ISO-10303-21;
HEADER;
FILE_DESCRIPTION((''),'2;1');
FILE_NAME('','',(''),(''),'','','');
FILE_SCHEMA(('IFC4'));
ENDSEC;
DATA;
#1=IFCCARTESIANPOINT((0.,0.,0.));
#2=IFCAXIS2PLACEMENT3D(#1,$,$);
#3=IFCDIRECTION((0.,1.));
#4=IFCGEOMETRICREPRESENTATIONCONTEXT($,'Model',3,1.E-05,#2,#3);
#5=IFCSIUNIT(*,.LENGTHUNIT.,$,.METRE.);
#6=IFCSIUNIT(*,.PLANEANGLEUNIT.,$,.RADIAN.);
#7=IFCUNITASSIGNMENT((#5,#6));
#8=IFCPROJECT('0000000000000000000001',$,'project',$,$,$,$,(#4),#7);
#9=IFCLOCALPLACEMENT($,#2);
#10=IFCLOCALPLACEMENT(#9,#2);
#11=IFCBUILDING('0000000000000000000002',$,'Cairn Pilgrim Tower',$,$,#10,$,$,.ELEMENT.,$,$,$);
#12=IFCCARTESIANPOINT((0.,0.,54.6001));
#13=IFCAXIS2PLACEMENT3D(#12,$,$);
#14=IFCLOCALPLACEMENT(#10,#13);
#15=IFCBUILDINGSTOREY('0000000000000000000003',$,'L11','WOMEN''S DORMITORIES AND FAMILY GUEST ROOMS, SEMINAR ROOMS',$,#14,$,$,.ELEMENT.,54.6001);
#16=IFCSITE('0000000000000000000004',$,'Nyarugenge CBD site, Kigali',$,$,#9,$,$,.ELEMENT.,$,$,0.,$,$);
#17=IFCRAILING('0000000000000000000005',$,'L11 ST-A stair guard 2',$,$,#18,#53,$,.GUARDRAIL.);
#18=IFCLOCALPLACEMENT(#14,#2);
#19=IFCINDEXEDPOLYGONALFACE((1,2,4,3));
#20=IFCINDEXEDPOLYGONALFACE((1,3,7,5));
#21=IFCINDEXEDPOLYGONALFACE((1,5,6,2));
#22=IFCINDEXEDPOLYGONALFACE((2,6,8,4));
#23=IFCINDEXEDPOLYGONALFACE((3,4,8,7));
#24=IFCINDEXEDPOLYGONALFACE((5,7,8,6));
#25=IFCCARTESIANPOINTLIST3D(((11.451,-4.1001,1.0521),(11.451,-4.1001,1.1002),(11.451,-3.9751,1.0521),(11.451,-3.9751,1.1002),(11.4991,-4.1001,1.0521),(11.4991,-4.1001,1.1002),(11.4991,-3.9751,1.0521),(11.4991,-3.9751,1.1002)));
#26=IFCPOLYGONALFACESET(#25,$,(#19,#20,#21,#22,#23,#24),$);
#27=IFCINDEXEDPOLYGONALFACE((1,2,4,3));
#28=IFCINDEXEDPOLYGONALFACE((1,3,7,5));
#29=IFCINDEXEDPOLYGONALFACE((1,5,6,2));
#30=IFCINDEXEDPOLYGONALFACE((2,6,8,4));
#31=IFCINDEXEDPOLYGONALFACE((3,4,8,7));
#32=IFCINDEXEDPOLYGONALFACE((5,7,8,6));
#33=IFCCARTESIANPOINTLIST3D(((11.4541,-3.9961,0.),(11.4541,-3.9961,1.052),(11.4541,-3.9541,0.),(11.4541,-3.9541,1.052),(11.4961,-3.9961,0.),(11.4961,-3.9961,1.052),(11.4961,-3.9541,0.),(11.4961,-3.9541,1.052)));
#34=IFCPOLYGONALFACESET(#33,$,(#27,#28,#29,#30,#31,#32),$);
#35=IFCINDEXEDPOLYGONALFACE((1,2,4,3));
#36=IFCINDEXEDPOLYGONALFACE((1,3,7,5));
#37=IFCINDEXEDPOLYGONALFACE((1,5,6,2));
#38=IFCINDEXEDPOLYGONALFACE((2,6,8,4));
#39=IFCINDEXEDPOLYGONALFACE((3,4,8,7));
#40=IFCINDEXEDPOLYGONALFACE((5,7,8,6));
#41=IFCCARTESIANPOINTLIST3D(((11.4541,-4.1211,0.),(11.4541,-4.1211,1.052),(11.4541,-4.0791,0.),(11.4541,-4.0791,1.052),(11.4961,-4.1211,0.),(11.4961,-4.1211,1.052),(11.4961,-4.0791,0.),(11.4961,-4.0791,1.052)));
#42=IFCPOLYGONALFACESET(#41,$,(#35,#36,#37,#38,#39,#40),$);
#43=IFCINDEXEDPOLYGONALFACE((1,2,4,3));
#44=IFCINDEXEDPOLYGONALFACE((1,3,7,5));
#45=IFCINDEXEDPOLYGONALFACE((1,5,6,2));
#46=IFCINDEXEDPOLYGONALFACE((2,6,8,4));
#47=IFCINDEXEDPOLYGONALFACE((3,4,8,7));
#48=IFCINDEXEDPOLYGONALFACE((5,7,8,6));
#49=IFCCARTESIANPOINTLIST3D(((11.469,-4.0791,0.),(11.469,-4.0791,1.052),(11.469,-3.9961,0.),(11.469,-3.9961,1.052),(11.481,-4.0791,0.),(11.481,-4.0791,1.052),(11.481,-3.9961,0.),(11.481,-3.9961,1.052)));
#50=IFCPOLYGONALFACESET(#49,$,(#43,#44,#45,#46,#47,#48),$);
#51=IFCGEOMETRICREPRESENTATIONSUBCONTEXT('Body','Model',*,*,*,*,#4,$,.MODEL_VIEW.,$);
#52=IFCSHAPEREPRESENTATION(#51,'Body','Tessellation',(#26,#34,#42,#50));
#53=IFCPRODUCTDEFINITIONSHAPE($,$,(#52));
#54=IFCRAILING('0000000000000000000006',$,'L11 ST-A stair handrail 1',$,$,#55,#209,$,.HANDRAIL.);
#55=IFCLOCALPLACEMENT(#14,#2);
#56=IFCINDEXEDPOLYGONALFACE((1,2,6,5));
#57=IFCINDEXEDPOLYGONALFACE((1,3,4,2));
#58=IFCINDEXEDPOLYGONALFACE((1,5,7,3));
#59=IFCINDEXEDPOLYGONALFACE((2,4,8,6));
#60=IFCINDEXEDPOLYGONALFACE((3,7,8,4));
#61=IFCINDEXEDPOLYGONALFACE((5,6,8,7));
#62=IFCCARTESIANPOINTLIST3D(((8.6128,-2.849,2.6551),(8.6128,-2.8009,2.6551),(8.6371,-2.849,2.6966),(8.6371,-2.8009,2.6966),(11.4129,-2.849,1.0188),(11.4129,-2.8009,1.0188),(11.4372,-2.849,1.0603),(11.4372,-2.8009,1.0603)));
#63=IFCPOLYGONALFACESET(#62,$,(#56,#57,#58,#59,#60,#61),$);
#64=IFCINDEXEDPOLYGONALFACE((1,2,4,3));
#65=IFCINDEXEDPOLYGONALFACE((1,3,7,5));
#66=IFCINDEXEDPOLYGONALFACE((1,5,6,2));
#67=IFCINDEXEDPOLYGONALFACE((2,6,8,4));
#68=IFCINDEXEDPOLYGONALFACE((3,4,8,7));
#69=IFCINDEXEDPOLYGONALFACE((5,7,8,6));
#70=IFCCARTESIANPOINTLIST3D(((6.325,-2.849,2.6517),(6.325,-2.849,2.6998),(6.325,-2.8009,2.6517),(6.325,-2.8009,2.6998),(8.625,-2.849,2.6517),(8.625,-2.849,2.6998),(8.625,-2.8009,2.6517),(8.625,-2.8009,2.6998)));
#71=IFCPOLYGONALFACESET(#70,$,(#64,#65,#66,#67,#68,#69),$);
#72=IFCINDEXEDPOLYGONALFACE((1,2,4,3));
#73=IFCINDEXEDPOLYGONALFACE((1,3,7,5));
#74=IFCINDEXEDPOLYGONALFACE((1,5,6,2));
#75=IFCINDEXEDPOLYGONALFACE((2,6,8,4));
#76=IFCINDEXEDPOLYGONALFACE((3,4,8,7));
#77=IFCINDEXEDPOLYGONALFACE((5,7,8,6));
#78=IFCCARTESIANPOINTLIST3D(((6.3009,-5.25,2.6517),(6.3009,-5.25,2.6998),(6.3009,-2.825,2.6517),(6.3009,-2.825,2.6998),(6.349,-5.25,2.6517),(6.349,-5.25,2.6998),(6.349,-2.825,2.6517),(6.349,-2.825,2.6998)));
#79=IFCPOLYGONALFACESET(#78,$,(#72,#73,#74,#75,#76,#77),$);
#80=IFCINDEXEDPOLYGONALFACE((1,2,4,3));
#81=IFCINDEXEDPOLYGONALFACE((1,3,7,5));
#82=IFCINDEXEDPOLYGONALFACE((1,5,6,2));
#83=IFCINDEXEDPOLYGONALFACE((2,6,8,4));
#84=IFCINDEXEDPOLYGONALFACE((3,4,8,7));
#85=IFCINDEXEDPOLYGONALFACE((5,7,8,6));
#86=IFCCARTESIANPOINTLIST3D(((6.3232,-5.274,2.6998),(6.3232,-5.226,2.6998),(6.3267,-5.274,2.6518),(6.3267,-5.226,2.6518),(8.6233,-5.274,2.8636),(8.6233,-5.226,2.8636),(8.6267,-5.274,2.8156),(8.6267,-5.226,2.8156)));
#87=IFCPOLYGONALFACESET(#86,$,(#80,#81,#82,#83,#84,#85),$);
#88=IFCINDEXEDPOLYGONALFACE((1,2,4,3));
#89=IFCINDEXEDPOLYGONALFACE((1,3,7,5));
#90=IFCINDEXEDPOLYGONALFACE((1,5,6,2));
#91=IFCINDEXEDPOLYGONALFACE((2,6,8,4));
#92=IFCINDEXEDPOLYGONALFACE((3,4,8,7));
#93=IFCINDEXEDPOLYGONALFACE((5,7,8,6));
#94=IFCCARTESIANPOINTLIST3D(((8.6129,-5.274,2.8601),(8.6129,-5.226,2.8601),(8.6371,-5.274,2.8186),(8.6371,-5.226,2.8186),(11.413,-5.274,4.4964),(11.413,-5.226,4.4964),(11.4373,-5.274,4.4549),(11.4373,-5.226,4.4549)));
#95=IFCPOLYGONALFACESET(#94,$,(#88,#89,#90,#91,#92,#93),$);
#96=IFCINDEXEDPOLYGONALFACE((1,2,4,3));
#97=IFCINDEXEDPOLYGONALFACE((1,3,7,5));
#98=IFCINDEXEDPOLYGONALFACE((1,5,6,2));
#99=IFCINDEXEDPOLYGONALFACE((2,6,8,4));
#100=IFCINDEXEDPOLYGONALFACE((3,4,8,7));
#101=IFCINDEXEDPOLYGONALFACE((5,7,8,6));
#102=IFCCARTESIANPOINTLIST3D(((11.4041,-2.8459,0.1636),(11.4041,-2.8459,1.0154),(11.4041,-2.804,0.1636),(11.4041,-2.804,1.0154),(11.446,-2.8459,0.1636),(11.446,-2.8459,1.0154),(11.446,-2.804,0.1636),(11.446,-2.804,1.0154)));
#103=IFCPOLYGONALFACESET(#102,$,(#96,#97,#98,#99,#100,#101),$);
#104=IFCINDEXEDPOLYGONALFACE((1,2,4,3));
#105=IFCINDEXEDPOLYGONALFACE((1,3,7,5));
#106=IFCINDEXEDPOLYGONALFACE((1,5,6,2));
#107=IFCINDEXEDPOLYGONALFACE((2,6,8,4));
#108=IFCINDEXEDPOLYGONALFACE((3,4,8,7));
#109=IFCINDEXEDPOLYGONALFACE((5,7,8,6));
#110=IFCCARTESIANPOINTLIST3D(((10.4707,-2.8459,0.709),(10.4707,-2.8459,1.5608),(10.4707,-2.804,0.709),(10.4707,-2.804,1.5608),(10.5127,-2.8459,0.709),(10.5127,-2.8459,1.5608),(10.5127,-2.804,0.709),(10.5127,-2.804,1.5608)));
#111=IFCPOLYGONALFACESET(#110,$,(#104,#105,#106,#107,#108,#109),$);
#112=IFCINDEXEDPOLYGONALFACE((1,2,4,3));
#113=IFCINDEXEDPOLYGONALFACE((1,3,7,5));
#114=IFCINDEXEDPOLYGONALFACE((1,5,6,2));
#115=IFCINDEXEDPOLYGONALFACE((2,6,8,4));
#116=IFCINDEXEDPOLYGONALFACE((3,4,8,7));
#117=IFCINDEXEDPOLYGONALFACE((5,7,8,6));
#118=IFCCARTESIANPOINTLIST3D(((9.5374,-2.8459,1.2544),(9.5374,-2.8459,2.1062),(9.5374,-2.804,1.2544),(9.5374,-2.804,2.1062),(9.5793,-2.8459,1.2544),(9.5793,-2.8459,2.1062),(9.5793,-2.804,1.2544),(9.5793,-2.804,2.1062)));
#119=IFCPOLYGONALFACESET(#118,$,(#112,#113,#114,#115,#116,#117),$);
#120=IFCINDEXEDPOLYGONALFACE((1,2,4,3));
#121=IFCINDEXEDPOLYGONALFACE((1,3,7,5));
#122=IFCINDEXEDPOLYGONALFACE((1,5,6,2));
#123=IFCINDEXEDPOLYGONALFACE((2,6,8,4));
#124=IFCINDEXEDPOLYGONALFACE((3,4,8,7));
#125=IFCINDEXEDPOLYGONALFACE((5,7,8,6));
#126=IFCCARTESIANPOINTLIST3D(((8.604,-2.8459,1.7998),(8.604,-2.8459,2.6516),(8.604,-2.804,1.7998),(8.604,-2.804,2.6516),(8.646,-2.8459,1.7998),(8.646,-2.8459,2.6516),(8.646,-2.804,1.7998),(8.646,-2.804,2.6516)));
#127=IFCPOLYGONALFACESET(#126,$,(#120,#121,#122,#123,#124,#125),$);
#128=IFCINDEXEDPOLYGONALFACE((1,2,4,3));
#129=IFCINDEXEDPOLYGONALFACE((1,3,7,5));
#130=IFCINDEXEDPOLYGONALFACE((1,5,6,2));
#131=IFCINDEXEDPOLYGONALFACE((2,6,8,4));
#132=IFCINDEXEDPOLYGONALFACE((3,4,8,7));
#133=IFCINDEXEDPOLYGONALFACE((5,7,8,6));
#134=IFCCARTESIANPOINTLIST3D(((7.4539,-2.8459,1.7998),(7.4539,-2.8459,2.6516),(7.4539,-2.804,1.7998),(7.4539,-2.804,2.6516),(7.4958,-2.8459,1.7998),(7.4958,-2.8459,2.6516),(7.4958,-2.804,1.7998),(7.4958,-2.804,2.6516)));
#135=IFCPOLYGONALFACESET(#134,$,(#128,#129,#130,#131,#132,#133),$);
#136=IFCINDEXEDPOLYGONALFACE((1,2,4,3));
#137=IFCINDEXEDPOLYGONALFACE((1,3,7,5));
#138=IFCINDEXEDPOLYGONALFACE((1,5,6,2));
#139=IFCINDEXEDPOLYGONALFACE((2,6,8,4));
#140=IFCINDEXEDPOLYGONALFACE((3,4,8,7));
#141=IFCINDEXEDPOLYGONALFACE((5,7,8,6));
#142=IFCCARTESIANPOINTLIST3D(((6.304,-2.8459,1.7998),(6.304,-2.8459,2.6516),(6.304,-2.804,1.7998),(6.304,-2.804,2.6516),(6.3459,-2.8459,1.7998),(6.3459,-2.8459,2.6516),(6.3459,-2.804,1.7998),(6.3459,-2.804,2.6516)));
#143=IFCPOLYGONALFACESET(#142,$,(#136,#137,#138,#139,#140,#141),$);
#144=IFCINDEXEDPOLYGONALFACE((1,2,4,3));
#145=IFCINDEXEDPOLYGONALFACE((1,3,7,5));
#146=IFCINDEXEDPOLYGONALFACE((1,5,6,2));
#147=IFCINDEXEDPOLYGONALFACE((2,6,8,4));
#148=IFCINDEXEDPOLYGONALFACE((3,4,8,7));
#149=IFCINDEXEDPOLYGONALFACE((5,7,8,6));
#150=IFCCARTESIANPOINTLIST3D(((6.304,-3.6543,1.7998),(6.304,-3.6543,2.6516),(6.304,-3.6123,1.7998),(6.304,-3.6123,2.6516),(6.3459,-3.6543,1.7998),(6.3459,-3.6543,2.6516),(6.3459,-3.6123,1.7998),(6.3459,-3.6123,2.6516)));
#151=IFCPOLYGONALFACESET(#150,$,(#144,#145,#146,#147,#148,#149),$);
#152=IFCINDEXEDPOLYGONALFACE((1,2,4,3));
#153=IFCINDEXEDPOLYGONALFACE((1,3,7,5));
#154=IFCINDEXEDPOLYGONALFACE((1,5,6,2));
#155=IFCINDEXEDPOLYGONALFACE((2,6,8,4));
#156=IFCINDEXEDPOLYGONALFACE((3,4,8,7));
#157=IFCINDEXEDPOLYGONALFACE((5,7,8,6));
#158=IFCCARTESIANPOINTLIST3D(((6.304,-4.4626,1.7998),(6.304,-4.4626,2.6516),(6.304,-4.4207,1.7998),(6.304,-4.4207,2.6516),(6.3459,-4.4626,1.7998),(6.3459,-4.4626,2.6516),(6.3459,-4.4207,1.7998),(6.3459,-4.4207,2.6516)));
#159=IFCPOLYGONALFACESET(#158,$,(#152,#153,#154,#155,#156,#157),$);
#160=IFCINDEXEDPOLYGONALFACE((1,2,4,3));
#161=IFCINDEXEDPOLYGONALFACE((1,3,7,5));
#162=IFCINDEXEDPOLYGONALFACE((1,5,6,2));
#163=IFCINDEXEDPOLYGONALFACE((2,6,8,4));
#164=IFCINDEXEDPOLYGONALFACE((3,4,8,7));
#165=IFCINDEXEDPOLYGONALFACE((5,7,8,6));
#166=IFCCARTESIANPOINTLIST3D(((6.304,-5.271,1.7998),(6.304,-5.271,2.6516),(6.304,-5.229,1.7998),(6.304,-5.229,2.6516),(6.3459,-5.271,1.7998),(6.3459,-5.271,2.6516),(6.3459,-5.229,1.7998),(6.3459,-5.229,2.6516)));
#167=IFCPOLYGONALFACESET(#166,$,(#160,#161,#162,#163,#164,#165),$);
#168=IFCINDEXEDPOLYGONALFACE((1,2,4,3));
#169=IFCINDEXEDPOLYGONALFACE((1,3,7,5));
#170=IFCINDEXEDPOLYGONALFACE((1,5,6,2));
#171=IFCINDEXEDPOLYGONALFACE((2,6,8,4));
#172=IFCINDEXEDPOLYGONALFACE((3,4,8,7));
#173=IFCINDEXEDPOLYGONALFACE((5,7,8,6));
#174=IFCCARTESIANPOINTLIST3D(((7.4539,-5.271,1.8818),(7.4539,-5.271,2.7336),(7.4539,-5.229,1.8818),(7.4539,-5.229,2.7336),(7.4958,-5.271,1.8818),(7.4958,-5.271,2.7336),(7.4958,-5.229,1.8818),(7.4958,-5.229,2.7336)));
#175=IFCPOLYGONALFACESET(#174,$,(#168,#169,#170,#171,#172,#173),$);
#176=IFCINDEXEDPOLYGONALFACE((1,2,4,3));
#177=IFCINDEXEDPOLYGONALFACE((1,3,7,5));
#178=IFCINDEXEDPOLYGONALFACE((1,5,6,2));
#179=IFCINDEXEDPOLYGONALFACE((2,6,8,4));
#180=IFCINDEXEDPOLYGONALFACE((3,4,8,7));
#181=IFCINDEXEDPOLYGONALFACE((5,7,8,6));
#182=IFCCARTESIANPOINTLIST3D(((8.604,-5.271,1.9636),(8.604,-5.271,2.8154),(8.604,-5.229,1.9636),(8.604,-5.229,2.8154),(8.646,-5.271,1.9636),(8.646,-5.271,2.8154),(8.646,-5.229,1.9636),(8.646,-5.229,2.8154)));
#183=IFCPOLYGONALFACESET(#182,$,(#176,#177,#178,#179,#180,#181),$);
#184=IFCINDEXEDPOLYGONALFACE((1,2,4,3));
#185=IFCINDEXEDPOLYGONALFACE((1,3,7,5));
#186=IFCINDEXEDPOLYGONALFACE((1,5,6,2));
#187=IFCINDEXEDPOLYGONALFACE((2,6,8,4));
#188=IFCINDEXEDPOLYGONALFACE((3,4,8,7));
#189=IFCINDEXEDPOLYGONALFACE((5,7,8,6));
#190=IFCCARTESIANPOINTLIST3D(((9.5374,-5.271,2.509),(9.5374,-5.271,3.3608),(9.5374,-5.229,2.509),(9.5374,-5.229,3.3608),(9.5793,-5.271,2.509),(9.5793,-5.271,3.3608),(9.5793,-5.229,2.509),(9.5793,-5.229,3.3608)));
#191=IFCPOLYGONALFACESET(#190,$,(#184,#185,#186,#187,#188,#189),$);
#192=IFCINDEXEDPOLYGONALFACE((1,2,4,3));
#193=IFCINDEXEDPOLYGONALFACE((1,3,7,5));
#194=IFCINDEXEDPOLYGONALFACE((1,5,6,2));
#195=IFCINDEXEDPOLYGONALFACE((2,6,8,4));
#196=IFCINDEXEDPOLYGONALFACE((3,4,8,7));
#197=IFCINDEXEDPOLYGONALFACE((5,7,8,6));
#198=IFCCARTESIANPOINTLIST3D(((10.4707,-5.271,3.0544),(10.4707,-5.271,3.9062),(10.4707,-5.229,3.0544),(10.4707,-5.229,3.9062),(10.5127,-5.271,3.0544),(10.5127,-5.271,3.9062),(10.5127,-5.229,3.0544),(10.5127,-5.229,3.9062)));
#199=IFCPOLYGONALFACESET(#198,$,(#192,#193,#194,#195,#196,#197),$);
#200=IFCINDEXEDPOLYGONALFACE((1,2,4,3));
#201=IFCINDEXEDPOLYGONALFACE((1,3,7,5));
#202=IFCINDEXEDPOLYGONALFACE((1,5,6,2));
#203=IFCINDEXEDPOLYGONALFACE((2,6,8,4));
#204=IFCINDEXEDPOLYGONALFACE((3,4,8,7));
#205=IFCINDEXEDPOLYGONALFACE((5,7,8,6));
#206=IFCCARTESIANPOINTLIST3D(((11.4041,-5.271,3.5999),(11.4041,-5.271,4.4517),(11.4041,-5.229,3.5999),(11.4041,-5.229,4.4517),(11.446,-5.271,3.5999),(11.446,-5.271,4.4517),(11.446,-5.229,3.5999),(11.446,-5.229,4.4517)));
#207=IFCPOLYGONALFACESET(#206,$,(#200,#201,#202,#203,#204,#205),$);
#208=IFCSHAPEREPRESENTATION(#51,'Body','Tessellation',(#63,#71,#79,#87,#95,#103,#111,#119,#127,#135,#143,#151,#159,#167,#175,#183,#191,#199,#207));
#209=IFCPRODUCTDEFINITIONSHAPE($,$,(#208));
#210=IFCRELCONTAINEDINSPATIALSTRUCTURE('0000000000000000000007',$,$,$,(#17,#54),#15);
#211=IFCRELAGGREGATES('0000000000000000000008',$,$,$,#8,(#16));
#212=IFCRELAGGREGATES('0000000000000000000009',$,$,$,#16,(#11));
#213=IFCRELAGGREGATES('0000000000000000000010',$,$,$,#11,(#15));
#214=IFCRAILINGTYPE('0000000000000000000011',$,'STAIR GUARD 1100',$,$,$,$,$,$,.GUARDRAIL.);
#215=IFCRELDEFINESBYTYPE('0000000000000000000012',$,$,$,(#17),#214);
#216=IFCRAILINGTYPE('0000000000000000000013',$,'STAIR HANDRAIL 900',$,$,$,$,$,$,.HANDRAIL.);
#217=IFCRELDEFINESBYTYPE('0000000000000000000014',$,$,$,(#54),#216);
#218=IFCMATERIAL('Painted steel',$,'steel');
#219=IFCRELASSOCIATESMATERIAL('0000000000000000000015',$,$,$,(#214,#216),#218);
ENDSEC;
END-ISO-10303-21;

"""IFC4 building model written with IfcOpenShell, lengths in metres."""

from ifc_helpers import new_model, si_unit, direction, frame, origin, origin_2d, place, context, subcontext, project, spatial, polyline, rectangle, outline, extrude, material, type_object, element, save


model = new_model("IFC4")

# Units and contexts
model_context = context("Model", 3, precision=1e-05, world=origin(), true_north=direction((0.0, 1.0)))
body_context = subcontext(model_context, "Body", "Model", "MODEL_VIEW")
ifc_project = project(units=[si_unit("LENGTHUNIT", "METRE"), si_unit("PLANEANGLEUNIT", "RADIAN")], contexts=[model_context])

# Site, building, storey
site_placement = place(None, origin())
site = spatial("IfcSite", under=ifc_project, at=site_placement, Name="Nyarugenge CBD site, Kigali", CompositionType="ELEMENT", RefElevation=0.0)
building_placement = place(site_placement, origin())
building = spatial("IfcBuilding", under=site, at=building_placement, Name="Cairn Pilgrim Tower", CompositionType="ELEMENT")
storey_placement = place(building_placement, frame((0.0, 0.0, 54.6001)))
storey = spatial("IfcBuildingStorey", under=building, at=storey_placement, Name="L11", Description="WOMEN'S DORMITORIES AND FAMILY GUEST ROOMS, SEMINAR ROOMS", CompositionType="ELEMENT", Elevation=54.6001)

# Shared definitions
ifc_material_1 = material(Name="Painted steel", Category="steel")

# Railings
railing_type_1 = type_object("IfcRailingType", Name="STAIR GUARD 1100", PredefinedType="GUARDRAIL", material=ifc_material_1)
railing_1_placement = place(storey_placement, frame((11.4751, -3.9751, 0.0)))
element("IfcRailing", 1, at=railing_1_placement, inside=storey, type_object=railing_type_1, Name="L11 ST-A stair guard 2", PredefinedType="GUARDRAIL", context=body_context, shape_type="SweptSolid", body=[
    extrude(rectangle(XDim=0.0481, YDim=0.0481, at=origin_2d()), frame((0.0, 0.0, 1.0762), z_axis=(0.0, -1.0, 0.0), x_axis=(1.0, 0.0, 0.0)), (0.0, 0.0, 1.0), 0.125),
    extrude(rectangle(XDim=0.042, YDim=0.042, at=origin_2d()), origin(), (0.0, 0.0, 1.0), 1.052),
    extrude(rectangle(XDim=0.042, YDim=0.042, at=origin_2d()), frame((0.0, -0.125, 0.0)), (0.0, 0.0, 1.0), 1.052),
    extrude(outline(polyline([(0.021, 0.0), (0.104, 0.0), (0.104, 1.052), (0.021, 1.052), (0.021, 0.0)])), frame((0.0059, 0.0, 0.0), z_axis=(-1.0, 0.0, 0.0), x_axis=(0.0, -1.0, 0.0)), (0.0, 0.0, 1.0), 0.012),
])
railing_type_2 = type_object("IfcRailingType", Name="STAIR HANDRAIL 900", PredefinedType="HANDRAIL", material=ifc_material_1)
railing_2_placement = place(storey_placement, frame((11.425, -2.825, 0.1636)))
element("IfcRailing", 2, at=railing_2_placement, inside=storey, type_object=railing_type_2, Name="L11 ST-A stair handrail 1", PredefinedType="HANDRAIL", context=body_context, shape_type="SweptSolid", body=[
    extrude(rectangle(XDim=0.0481, YDim=0.0481, at=origin_2d()), frame((0.0, 0.0, 0.876), z_axis=(-0.863394, 0.0, 0.504531), x_axis=(0.0, -1.0, 0.0)), (0.0, 0.0, 1.0), 3.2432),
    extrude(rectangle(XDim=0.0481, YDim=0.0481, at=origin_2d()), frame((-2.8, 0.0, 2.5122), z_axis=(-1.0, 0.0, 0.0), x_axis=(0.0, -1.0, 0.0)), (0.0, 0.0, 1.0), 2.3),
    extrude(rectangle(XDim=0.0481, YDim=0.0481, at=origin_2d()), frame((-5.1001, 0.0, 2.5122), z_axis=(0.0, -1.0, 0.0), x_axis=(1.0, 0.0, 0.0)), (0.0, 0.0, 1.0), 2.425),
    extrude(rectangle(XDim=0.0481, YDim=0.0481, at=origin_2d()), frame((-5.1001, -2.425, 2.5122), z_axis=(0.997473, 0.0, 0.071044), x_axis=(0.0, 1.0, 0.0)), (0.0, 0.0, 1.0), 2.3059),
    extrude(rectangle(XDim=0.0481, YDim=0.0481, at=origin_2d()), frame((-2.8, -2.425, 2.6758), z_axis=(0.863394, 0.0, 0.504531), x_axis=(0.0, 1.0, 0.0)), (0.0, 0.0, 1.0), 3.2432),
    extrude(rectangle(XDim=0.042, YDim=0.042, at=origin_2d()), origin(), (0.0, 0.0, 1.0), 0.8518),
    extrude(rectangle(XDim=0.042, YDim=0.042, at=origin_2d()), frame((-0.9333, 0.0, 0.5454)), (0.0, 0.0, 1.0), 0.8518),
    extrude(rectangle(XDim=0.042, YDim=0.042, at=origin_2d()), frame((-1.8667, 0.0, 1.0908)), (0.0, 0.0, 1.0), 0.8518),
    extrude(rectangle(XDim=0.042, YDim=0.042, at=origin_2d()), frame((-2.8, 0.0, 1.6362)), (0.0, 0.0, 1.0), 0.8518),
    extrude(rectangle(XDim=0.042, YDim=0.042, at=origin_2d()), frame((-3.9502, 0.0, 1.6362)), (0.0, 0.0, 1.0), 0.8518),
    extrude(rectangle(XDim=0.042, YDim=0.042, at=origin_2d()), frame((-5.1001, 0.0, 1.6362)), (0.0, 0.0, 1.0), 0.8518),
    extrude(rectangle(XDim=0.042, YDim=0.042, at=origin_2d()), frame((-5.1001, -0.8083, 1.6362)), (0.0, 0.0, 1.0), 0.8518),
    extrude(rectangle(XDim=0.042, YDim=0.042, at=origin_2d()), frame((-5.1001, -1.6167, 1.6362)), (0.0, 0.0, 1.0), 0.8518),
    extrude(rectangle(XDim=0.042, YDim=0.042, at=origin_2d()), frame((-5.1001, -2.425, 1.6362)), (0.0, 0.0, 1.0), 0.8518),
    extrude(rectangle(XDim=0.042, YDim=0.042, at=origin_2d()), frame((-3.9502, -2.425, 1.7183)), (0.0, 0.0, 1.0), 0.8518),
    extrude(rectangle(XDim=0.042, YDim=0.042, at=origin_2d()), frame((-2.8, -2.425, 1.8)), (0.0, 0.0, 1.0), 0.8518),
    extrude(rectangle(XDim=0.042, YDim=0.042, at=origin_2d()), frame((-1.8667, -2.425, 2.3455)), (0.0, 0.0, 1.0), 0.8518),
    extrude(rectangle(XDim=0.042, YDim=0.042, at=origin_2d()), frame((-0.9333, -2.425, 2.8909)), (0.0, 0.0, 1.0), 0.8518),
    extrude(rectangle(XDim=0.042, YDim=0.042, at=origin_2d()), frame((0.0, -2.425, 3.4363)), (0.0, 0.0, 1.0), 0.8518),
])

save(model, "model.ifc")
